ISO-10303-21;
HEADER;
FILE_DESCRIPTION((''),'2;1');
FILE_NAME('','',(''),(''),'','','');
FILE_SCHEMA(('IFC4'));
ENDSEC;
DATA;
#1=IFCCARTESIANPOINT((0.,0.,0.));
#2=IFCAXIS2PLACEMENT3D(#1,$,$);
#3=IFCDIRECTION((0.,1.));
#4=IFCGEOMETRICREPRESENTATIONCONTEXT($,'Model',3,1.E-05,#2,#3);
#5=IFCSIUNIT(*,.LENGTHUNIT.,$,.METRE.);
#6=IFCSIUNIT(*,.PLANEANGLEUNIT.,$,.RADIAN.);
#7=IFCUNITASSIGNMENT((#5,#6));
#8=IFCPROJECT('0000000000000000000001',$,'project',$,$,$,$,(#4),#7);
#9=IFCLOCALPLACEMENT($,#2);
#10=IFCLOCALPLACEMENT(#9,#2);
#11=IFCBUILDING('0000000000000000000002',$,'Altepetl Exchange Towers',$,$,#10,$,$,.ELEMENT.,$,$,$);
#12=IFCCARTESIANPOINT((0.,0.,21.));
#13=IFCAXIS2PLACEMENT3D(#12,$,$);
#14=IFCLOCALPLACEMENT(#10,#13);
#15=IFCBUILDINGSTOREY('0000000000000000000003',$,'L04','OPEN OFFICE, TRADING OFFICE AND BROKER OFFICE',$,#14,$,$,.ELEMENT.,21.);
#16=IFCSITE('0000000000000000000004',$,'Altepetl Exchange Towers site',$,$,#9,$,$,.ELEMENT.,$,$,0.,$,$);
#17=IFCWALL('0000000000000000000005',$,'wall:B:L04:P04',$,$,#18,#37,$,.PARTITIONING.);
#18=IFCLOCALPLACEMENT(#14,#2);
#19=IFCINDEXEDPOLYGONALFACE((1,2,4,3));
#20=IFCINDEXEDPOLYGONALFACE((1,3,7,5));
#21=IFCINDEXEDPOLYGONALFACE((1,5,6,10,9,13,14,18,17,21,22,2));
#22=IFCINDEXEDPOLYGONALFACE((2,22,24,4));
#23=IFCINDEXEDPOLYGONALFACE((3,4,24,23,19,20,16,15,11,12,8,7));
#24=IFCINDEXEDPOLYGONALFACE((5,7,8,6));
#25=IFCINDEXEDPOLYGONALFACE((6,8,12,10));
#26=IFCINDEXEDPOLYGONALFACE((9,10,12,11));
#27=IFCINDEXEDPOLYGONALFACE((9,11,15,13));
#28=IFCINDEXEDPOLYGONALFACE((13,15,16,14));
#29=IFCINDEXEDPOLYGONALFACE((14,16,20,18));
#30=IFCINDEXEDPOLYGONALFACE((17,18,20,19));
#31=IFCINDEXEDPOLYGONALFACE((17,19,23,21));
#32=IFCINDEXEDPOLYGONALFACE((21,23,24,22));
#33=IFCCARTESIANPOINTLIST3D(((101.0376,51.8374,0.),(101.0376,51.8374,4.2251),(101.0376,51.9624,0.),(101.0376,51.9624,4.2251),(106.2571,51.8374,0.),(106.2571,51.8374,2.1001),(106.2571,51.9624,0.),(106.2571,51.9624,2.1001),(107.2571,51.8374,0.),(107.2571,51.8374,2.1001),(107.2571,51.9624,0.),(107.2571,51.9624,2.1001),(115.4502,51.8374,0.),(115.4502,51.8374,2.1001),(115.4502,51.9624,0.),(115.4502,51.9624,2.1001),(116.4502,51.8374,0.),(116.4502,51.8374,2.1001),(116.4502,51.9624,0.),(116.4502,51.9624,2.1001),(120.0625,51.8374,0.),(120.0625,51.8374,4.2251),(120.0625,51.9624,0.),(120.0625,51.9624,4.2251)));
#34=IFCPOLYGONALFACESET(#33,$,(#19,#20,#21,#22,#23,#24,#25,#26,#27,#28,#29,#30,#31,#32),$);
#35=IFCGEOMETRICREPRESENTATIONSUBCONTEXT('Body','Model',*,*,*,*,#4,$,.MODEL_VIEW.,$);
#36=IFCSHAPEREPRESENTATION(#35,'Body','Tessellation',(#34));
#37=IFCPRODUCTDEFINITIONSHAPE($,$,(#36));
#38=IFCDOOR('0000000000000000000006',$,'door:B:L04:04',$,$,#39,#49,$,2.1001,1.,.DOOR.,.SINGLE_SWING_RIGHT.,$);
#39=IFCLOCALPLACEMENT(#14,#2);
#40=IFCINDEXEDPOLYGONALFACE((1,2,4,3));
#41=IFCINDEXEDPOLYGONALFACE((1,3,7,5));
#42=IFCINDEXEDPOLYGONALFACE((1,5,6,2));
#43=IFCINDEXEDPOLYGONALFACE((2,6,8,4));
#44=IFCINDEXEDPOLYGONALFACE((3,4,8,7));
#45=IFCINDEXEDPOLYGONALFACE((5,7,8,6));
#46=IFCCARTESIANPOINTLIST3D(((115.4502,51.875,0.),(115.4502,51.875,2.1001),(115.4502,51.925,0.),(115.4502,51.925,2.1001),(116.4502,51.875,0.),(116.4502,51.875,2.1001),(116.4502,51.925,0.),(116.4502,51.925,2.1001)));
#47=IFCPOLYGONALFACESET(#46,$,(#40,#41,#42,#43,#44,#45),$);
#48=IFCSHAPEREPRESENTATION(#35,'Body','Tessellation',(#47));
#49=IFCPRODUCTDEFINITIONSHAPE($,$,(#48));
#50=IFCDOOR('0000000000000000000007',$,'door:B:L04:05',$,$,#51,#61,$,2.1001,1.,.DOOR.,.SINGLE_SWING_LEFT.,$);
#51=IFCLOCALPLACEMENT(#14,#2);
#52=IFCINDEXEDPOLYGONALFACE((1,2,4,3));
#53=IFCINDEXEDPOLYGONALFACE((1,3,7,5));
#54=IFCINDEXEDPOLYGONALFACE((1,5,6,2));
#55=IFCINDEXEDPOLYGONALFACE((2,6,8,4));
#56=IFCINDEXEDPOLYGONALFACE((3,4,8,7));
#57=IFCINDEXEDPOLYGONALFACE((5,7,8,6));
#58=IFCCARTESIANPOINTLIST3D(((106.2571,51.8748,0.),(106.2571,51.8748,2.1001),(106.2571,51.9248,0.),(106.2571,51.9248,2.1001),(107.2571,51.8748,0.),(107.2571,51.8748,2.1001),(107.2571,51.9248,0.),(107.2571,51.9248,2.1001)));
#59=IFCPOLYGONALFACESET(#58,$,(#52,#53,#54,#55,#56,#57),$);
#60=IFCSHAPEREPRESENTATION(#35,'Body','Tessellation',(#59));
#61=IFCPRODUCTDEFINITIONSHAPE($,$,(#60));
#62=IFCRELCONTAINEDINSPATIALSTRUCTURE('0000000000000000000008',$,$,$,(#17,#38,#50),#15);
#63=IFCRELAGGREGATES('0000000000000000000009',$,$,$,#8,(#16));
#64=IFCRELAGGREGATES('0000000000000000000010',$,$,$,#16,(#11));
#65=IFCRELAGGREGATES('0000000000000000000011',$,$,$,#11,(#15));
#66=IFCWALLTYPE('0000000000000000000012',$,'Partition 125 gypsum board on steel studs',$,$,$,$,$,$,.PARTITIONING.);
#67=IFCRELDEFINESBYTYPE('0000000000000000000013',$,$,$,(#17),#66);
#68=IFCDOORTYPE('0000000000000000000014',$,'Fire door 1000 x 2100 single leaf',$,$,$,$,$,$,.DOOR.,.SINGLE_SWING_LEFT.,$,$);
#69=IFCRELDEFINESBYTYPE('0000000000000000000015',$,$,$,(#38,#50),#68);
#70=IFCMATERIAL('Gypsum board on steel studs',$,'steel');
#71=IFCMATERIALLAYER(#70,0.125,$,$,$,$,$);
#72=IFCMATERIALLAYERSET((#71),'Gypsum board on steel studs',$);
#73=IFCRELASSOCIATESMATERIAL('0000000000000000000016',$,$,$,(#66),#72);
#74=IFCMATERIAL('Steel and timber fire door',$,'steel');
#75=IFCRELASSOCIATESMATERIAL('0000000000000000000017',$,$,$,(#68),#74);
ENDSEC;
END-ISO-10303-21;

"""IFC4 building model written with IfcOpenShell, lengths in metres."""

from ifc_helpers import new_model, si_unit, direction, frame, frame_2d, origin, place, context, subcontext, project, spatial, rectangle, extrude, material, layer, layer_set, type_object, element, fill, save


model = new_model("IFC4")

# Units and contexts
model_context = context("Model", 3, precision=1e-05, world=origin(), true_north=direction((0.0, 1.0)))
body_context = subcontext(model_context, "Body", "Model", "MODEL_VIEW")
ifc_project = project(units=[si_unit("LENGTHUNIT", "METRE"), si_unit("PLANEANGLEUNIT", "RADIAN")], contexts=[model_context])

# Site, building, storey
site_placement = place(None, origin())
site = spatial("IfcSite", under=ifc_project, at=site_placement, Name="Altepetl Exchange Towers site", CompositionType="ELEMENT", RefElevation=0.0)
building_placement = place(site_placement, origin())
building = spatial("IfcBuilding", under=site, at=building_placement, Name="Altepetl Exchange Towers", CompositionType="ELEMENT")
storey_placement = place(building_placement, frame((0.0, 0.0, 21.0)))
storey = spatial("IfcBuildingStorey", under=building, at=storey_placement, Name="L04", Description="OPEN OFFICE, TRADING OFFICE AND BROKER OFFICE", CompositionType="ELEMENT", Elevation=21.0)

# Wall, openings, doors
ifc_material_1 = material(Name="Gypsum board on steel studs", Category="steel")
ifc_layer_1 = layer(ifc_material_1, 0.125)
ifc_layer_set_1 = layer_set([ifc_layer_1], Name="Gypsum board on steel studs")
wall_type = type_object("IfcWallType", Name="Partition 125 gypsum board on steel studs", PredefinedType="PARTITIONING", material=ifc_layer_set_1)
wall_placement = place(storey_placement, frame((101.0376, 51.8999, 0.0)))
wall = element("IfcWall", 1, at=wall_placement, inside=storey, type_object=wall_type, Name="wall:B:L04:P04", PredefinedType="PARTITIONING", context=body_context, shape_type="SweptSolid", body=[
    extrude(rectangle(XDim=19.0249, YDim=0.125, at=frame_2d((9.5125, 0.0))), origin(), (0.0, 0.0, 1.0), 4.2251),
])
opening_1_placement = place(wall_placement, frame((14.4126, 0.0, 0.0)))
opening_1 = element("IfcOpeningElement", 2, at=opening_1_placement, cuts=wall, PredefinedType="OPENING", context=body_context, shape_type="SweptSolid", body=[
    extrude(rectangle(XDim=1.0, YDim=2.1001, at=frame_2d((0.5, 1.05))), frame((0.0, 0.0725, 0.0), z_axis=(0.0, -1.0, 0.0), x_axis=(1.0, 0.0, 0.0)), (0.0, 0.0, 1.0), 0.145),
])
opening_2_placement = place(wall_placement, frame((5.2195, 0.0, 0.0)))
opening_2 = element("IfcOpeningElement", 3, at=opening_2_placement, cuts=wall, PredefinedType="OPENING", context=body_context, shape_type="SweptSolid", body=[
    extrude(rectangle(XDim=1.0, YDim=2.1001, at=frame_2d((0.5, 1.05))), frame((0.0, 0.0725, 0.0), z_axis=(0.0, -1.0, 0.0), x_axis=(1.0, 0.0, 0.0)), (0.0, 0.0, 1.0), 0.145),
])
ifc_material_2 = material(Name="Steel and timber fire door", Category="steel")
door_type = type_object("IfcDoorType", Name="Fire door 1000 x 2100 single leaf", OperationType="SINGLE_SWING_LEFT", PredefinedType="DOOR", material=ifc_material_2)
door_1_placement = place(opening_1_placement, frame((1.0, 0.0, 0.0), x_axis=(-1.0, 0.0, 0.0)))
door_1 = element("IfcDoor", 4, at=door_1_placement, inside=storey, type_object=door_type, Name="door:B:L04:04", OperationType="SINGLE_SWING_RIGHT", OverallHeight=2.1001, OverallWidth=1.0, PredefinedType="DOOR", context=body_context, shape_type="SweptSolid", body=[
    extrude(rectangle(XDim=1.0, YDim=2.1001, at=frame_2d((0.5, 1.05))), frame((0.0, 0.0249, 0.0), z_axis=(0.0, -1.0, 0.0), x_axis=(1.0, 0.0, 0.0)), (0.0, 0.0, 1.0), 0.05),
])
fill(opening_1, door_1)
door_2_placement = place(opening_2_placement, origin())
door_2 = element("IfcDoor", 5, at=door_2_placement, inside=storey, type_object=door_type, Name="door:B:L04:05", OperationType="SINGLE_SWING_LEFT", OverallHeight=2.1001, OverallWidth=1.0, PredefinedType="DOOR", context=body_context, shape_type="SweptSolid", body=[
    extrude(rectangle(XDim=1.0, YDim=2.1001, at=frame_2d((0.5, 1.05))), frame((0.0, 0.0249, 0.0), z_axis=(0.0, -1.0, 0.0), x_axis=(1.0, 0.0, 0.0)), (0.0, 0.0, 1.0), 0.05),
])
fill(opening_2, door_2)

save(model, "model.ifc")
